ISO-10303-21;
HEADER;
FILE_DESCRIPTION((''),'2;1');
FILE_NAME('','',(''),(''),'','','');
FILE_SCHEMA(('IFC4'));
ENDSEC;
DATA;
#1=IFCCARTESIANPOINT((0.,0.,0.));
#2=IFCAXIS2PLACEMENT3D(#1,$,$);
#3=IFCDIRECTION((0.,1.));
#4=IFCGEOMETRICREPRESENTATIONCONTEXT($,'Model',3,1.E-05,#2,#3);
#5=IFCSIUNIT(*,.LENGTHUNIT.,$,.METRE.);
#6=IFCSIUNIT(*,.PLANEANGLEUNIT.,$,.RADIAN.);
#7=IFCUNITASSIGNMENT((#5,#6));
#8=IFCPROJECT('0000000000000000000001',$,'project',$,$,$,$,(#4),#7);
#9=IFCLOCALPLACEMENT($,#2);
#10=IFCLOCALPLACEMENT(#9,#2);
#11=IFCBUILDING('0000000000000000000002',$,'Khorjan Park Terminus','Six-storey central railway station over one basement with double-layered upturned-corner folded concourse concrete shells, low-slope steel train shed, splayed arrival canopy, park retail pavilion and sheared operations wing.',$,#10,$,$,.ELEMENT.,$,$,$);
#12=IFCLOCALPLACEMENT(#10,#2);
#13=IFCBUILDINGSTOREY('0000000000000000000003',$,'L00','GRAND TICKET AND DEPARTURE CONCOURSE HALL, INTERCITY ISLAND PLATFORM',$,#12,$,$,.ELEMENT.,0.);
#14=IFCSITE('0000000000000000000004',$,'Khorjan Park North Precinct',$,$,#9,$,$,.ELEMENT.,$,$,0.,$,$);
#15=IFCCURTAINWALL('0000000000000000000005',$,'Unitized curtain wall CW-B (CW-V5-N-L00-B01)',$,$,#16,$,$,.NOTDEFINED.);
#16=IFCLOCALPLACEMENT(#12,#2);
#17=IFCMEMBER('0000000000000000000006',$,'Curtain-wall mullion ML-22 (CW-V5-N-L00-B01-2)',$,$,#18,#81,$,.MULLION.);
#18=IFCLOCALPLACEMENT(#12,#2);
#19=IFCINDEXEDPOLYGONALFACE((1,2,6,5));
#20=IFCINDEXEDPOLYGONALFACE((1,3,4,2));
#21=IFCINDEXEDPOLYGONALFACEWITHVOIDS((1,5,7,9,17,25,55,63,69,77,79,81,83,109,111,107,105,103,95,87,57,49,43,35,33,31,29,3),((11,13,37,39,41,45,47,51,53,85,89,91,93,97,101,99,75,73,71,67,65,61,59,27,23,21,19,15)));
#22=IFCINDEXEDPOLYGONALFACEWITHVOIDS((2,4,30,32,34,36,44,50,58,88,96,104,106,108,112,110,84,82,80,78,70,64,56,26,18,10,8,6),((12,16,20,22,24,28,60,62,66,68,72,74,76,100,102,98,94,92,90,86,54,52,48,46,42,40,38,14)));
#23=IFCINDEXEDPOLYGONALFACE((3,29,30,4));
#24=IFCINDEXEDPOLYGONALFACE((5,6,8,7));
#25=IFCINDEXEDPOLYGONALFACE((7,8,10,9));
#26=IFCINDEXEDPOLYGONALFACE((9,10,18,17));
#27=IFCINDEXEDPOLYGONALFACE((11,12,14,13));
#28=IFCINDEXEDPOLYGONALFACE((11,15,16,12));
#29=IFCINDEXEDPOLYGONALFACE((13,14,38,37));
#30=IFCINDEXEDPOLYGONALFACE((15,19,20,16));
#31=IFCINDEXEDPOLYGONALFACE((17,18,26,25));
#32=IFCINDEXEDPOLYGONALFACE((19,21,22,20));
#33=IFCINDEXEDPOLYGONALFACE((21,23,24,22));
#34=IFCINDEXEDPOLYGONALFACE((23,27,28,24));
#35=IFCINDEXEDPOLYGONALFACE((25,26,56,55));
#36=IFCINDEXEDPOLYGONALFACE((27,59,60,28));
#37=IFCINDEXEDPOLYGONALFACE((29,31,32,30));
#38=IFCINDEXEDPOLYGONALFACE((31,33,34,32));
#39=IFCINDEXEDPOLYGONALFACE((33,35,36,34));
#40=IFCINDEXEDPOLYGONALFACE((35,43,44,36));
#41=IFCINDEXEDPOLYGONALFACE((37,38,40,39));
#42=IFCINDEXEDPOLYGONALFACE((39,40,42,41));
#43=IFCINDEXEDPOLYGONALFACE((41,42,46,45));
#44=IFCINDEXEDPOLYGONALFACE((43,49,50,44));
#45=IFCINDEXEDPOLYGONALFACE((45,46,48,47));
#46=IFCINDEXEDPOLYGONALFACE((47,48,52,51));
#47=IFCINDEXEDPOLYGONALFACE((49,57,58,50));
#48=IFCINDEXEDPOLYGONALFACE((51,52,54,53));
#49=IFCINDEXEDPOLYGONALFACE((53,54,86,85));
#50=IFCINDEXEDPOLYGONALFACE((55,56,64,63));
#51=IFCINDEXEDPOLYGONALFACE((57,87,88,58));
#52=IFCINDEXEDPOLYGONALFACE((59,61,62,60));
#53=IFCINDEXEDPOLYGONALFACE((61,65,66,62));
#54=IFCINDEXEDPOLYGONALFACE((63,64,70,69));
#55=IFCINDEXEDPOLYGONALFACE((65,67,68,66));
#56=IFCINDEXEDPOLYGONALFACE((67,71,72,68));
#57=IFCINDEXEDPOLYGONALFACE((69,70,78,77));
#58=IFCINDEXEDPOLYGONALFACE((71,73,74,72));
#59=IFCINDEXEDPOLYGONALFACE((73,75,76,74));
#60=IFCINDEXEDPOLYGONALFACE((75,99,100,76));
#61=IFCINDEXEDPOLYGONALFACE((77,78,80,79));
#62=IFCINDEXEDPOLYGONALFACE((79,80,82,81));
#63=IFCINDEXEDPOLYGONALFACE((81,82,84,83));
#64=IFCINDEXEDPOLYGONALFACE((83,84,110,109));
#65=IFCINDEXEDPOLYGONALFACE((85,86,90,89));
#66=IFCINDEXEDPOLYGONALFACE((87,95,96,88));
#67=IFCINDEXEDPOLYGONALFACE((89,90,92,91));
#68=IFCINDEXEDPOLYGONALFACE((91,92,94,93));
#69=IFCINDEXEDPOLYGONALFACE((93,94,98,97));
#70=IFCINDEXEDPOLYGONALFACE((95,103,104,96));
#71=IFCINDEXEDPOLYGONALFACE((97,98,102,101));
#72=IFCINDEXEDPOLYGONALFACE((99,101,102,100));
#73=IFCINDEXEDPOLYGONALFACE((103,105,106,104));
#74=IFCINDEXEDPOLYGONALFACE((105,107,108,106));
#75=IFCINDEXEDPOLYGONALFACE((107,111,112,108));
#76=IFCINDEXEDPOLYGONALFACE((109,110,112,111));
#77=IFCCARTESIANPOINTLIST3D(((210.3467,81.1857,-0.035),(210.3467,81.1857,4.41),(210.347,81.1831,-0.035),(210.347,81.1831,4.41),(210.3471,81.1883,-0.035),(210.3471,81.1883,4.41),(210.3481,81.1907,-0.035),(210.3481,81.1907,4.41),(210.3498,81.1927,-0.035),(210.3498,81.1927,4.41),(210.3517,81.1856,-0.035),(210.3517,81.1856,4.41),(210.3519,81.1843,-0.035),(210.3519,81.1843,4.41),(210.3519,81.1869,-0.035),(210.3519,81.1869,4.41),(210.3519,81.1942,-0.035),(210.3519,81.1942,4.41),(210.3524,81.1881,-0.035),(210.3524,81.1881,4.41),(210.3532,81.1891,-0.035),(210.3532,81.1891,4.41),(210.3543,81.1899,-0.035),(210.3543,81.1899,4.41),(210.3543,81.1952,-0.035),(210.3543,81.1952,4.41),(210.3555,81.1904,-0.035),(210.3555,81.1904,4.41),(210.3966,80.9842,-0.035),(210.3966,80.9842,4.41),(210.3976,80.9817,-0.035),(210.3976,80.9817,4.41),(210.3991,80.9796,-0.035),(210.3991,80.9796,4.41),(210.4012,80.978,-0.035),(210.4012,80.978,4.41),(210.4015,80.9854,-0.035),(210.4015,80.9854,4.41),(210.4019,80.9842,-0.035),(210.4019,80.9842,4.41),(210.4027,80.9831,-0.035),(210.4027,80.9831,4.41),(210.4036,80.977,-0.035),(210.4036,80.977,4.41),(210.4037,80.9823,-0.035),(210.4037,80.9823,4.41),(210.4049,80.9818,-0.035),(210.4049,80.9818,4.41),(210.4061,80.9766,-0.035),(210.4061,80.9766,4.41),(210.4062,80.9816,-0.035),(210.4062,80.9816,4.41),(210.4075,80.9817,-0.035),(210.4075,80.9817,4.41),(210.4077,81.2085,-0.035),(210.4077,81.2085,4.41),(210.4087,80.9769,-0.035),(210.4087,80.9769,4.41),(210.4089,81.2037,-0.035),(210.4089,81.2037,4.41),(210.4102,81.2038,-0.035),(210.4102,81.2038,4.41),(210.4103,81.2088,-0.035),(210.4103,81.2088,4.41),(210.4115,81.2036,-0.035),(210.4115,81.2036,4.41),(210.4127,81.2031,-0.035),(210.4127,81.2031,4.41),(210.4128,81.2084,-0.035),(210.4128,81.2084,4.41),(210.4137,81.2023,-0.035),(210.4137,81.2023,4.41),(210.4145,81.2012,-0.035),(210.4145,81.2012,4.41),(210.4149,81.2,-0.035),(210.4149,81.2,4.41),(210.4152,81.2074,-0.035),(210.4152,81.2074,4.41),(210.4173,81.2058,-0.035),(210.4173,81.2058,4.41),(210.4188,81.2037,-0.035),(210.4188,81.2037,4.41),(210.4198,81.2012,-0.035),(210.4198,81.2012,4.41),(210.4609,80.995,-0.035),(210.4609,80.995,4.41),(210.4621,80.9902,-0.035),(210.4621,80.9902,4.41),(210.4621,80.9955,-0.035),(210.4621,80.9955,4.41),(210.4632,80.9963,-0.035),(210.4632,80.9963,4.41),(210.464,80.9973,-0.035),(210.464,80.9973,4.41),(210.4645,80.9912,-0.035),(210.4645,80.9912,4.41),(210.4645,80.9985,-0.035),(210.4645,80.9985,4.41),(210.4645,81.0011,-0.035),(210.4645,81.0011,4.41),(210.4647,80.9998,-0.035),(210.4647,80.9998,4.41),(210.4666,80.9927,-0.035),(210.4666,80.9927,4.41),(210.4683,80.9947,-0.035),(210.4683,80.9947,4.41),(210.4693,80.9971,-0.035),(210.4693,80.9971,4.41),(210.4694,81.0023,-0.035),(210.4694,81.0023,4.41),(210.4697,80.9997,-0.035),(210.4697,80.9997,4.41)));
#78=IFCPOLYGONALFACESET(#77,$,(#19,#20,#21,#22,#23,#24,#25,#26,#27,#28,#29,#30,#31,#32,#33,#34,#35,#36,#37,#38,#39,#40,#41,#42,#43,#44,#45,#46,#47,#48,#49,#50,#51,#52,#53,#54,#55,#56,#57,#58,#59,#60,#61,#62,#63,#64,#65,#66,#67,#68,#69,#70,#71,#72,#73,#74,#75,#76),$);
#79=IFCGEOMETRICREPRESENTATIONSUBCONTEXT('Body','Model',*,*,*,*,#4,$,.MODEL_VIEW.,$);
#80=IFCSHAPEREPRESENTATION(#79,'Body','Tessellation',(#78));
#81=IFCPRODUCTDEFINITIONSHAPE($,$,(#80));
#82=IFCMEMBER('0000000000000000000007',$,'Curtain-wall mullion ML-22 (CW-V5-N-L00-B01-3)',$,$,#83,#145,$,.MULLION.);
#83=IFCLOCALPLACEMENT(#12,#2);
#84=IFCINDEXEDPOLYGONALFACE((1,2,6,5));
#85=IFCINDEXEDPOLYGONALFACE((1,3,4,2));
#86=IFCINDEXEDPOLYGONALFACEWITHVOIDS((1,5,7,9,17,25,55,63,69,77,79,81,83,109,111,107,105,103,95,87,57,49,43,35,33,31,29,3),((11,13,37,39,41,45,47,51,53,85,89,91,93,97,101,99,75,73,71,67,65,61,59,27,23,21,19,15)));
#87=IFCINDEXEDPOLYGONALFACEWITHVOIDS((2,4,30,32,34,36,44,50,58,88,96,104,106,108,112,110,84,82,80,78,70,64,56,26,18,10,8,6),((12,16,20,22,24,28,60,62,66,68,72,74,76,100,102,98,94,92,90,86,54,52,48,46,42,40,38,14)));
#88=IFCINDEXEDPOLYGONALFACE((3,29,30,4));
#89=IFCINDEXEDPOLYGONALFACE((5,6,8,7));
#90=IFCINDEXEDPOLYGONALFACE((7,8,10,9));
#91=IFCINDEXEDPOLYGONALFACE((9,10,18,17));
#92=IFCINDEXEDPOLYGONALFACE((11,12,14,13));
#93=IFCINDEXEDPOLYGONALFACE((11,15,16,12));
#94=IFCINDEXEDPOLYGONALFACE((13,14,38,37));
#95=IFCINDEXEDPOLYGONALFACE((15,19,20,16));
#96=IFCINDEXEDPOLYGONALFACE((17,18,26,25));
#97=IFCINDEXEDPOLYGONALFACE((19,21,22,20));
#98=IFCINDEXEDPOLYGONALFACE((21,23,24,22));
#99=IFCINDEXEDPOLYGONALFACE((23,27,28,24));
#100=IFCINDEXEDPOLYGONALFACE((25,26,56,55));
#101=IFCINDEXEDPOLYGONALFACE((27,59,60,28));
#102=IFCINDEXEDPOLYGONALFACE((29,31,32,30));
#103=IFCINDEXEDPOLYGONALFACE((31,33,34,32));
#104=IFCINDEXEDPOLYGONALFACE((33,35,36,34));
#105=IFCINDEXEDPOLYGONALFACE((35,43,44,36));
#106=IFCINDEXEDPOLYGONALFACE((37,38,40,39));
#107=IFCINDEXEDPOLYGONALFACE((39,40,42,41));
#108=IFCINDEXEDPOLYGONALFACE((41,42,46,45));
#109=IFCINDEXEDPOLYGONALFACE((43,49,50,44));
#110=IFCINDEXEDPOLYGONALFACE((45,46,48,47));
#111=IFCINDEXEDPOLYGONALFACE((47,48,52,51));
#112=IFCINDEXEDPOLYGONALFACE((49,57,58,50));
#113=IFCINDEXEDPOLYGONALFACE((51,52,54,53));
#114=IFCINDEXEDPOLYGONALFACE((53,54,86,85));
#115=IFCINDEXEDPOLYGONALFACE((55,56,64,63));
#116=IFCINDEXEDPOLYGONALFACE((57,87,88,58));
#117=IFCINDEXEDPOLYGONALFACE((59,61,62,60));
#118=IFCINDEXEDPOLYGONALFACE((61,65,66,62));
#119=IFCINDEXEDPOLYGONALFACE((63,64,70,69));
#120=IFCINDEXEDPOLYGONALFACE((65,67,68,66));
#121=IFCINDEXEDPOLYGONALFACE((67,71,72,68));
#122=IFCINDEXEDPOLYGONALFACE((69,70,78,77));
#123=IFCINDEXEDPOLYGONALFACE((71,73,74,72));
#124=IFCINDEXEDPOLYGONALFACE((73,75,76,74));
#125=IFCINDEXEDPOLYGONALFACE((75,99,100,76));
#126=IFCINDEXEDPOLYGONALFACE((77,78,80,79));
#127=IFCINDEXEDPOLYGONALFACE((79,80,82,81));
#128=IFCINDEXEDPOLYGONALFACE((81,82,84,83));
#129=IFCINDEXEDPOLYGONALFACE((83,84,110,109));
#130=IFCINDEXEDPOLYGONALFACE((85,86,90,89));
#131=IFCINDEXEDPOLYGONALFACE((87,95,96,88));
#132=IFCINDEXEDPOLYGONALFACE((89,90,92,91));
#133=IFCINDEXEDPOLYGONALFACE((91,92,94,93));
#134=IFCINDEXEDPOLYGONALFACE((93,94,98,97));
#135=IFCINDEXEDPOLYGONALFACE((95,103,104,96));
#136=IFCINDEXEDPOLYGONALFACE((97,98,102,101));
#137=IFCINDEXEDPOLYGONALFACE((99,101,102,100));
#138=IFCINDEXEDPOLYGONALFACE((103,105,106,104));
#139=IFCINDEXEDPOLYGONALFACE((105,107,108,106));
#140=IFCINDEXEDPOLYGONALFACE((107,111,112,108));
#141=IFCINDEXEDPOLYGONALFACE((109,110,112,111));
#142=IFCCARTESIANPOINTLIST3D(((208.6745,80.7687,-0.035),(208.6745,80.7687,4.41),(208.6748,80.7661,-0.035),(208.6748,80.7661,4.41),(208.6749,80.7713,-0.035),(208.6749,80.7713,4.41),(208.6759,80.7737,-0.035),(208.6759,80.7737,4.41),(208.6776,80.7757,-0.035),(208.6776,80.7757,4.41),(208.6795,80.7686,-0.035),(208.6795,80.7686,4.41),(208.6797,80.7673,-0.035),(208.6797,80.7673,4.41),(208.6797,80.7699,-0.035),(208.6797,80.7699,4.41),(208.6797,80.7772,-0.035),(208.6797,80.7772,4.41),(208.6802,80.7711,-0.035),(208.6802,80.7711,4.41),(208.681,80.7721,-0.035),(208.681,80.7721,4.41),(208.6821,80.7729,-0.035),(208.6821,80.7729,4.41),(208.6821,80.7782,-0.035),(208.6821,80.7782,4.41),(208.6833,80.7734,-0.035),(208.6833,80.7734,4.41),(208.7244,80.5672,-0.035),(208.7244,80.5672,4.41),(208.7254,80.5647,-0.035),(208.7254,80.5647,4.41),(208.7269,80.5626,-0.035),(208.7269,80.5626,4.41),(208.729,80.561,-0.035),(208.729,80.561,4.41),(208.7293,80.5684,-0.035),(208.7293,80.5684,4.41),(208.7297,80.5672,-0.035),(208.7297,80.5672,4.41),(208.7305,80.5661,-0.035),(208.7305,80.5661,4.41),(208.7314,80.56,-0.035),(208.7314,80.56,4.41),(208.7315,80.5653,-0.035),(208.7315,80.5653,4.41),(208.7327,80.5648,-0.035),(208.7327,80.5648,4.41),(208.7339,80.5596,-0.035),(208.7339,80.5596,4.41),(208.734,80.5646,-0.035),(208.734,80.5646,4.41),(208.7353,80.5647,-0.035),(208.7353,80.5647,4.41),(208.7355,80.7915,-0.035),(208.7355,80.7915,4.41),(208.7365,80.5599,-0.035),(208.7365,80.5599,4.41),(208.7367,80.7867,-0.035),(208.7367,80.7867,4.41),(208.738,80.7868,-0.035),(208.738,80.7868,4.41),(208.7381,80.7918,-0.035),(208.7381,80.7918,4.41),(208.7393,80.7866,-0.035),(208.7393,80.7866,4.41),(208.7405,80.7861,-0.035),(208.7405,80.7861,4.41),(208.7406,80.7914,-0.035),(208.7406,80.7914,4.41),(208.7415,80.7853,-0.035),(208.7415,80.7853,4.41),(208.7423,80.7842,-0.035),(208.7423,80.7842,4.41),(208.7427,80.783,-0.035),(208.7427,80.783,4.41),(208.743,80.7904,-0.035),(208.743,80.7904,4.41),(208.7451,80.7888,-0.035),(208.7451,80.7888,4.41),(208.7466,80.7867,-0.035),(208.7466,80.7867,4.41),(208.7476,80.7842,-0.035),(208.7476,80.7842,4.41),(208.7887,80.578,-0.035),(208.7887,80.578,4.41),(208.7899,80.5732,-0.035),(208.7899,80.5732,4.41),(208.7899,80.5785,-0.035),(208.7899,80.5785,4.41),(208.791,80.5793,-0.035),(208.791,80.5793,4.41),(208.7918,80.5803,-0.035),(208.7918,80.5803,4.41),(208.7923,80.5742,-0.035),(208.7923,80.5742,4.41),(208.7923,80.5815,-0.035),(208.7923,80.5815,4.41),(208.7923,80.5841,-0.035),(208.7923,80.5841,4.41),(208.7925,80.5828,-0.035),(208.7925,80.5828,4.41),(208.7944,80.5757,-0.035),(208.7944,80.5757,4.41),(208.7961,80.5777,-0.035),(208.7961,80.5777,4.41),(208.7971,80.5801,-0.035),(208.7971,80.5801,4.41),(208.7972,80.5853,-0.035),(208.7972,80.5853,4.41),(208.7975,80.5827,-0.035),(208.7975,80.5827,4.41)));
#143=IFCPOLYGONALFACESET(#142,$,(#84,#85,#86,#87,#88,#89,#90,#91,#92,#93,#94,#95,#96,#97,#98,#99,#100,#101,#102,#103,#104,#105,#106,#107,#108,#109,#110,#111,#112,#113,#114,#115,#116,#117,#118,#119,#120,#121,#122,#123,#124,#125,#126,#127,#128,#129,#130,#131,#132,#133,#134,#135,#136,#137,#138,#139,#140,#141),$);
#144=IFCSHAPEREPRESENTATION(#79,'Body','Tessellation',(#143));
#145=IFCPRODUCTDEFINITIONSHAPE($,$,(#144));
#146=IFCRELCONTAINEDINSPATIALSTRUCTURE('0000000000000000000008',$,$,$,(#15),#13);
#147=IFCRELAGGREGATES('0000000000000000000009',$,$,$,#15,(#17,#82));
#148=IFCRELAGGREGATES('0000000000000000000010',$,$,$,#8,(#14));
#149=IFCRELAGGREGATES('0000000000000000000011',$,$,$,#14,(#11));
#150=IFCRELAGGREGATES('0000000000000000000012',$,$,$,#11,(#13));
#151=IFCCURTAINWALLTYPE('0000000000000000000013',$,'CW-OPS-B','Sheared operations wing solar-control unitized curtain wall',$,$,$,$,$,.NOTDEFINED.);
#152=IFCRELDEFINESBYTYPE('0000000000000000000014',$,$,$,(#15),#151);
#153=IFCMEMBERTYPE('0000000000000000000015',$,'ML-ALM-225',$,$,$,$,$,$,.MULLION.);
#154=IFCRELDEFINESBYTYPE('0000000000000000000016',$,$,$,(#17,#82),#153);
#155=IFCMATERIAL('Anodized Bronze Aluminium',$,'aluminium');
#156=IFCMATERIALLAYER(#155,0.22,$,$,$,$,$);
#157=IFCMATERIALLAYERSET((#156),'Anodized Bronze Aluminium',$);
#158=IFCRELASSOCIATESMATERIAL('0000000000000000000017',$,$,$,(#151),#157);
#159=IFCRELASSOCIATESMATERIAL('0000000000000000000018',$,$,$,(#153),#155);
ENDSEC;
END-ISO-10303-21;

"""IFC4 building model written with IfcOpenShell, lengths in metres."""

from ifc_helpers import new_model, si_unit, direction, frame, origin, origin_2d, place, context, subcontext, project, spatial, hollow_rectangle, extrude, material, layer, layer_set, material_profile, profile_set, type_object, element, aggregate, save


model = new_model("IFC4")

# Units and contexts
model_context = context("Model", 3, precision=1e-05, world=origin(), true_north=direction((0.0, 1.0)))
body_context = subcontext(model_context, "Body", "Model", "MODEL_VIEW")
ifc_project = project(units=[si_unit("LENGTHUNIT", "METRE"), si_unit("PLANEANGLEUNIT", "RADIAN")], contexts=[model_context])

# Site, building, storey
site_placement = place(None, origin())
site = spatial("IfcSite", under=ifc_project, at=site_placement, Name="Khorjan Park North Precinct", CompositionType="ELEMENT", RefElevation=0.0)
building_placement = place(site_placement, origin())
building = spatial("IfcBuilding", under=site, at=building_placement, Name="Khorjan Park Terminus", Description="Six-storey central railway station over one basement with double-layered upturned-corner folded concourse concrete shells, low-slope steel train shed, splayed arrival canopy, park retail pavilion and sheared operations wing.", CompositionType="ELEMENT")
storey_placement = place(building_placement, origin())
storey = spatial("IfcBuildingStorey", under=building, at=storey_placement, Name="L00", Description="GRAND TICKET AND DEPARTURE CONCOURSE HALL, INTERCITY ISLAND PLATFORM", CompositionType="ELEMENT", Elevation=0.0)

# Curtain wall, members
ifc_material_1 = material(Name="Anodized Bronze Aluminium", Category="aluminium")
ifc_layer_1 = layer(ifc_material_1, 0.22)
ifc_layer_set_1 = layer_set([ifc_layer_1], Name="Anodized Bronze Aluminium")
curtain_wall_type = type_object("IfcCurtainWallType", Name="CW-OPS-B", Description="Sheared operations wing solar-control unitized curtain wall", PredefinedType="NOTDEFINED", material=ifc_layer_set_1)
curtain_wall_placement = place(storey_placement, origin())
curtain_wall = element("IfcCurtainWall", 1, at=curtain_wall_placement, inside=storey, type_object=curtain_wall_type, Name="Unitized curtain wall CW-B (CW-V5-N-L00-B01)", PredefinedType="NOTDEFINED")
ifc_material_profile_1 = material_profile(ifc_material_1, hollow_rectangle(XDim=0.075, YDim=0.225, WallThickness=0.005, InnerFilletRadius=0.005, OuterFilletRadius=0.01, at=origin_2d()), Name="ALM 75x225x5")
ifc_profile_set_1 = profile_set([ifc_material_profile_1], Name="Anodized Bronze Aluminium")
member_type_1 = type_object("IfcMemberType", Name="ML-ALM-225", PredefinedType="MULLION", material=ifc_profile_set_1)
member_1_placement = place(storey_placement, frame((210.4082, 81.0927, -0.035), z_axis=(0.0, 0.0, 1.0), x_axis=(-0.970294, -0.241928, 0.0)))
member_1 = element("IfcMember", 2, at=member_1_placement, type_object=member_type_1, Name="Curtain-wall mullion ML-22 (CW-V5-N-L00-B01-2)", PredefinedType="MULLION", context=body_context, shape_type="SweptSolid", body=[
    extrude(hollow_rectangle(XDim=0.075, YDim=0.225, WallThickness=0.005, InnerFilletRadius=0.005, OuterFilletRadius=0.01, at=origin_2d()), origin(), (0.0, 0.0, 1.0), 4.445),
])
member_2_placement = place(storey_placement, frame((208.736, 80.6757, -0.035), z_axis=(0.0, 0.0, 1.0), x_axis=(-0.970294, -0.241928, 0.0)))
member_2 = element("IfcMember", 3, at=member_2_placement, type_object=member_type_1, Name="Curtain-wall mullion ML-22 (CW-V5-N-L00-B01-3)", PredefinedType="MULLION", context=body_context, shape_type="SweptSolid", body=[
    extrude(hollow_rectangle(XDim=0.075, YDim=0.225, WallThickness=0.005, InnerFilletRadius=0.005, OuterFilletRadius=0.01, at=origin_2d()), origin(), (0.0, 0.0, 1.0), 4.445),
])
aggregate(curtain_wall, [member_1, member_2])

save(model, "model.ifc")
